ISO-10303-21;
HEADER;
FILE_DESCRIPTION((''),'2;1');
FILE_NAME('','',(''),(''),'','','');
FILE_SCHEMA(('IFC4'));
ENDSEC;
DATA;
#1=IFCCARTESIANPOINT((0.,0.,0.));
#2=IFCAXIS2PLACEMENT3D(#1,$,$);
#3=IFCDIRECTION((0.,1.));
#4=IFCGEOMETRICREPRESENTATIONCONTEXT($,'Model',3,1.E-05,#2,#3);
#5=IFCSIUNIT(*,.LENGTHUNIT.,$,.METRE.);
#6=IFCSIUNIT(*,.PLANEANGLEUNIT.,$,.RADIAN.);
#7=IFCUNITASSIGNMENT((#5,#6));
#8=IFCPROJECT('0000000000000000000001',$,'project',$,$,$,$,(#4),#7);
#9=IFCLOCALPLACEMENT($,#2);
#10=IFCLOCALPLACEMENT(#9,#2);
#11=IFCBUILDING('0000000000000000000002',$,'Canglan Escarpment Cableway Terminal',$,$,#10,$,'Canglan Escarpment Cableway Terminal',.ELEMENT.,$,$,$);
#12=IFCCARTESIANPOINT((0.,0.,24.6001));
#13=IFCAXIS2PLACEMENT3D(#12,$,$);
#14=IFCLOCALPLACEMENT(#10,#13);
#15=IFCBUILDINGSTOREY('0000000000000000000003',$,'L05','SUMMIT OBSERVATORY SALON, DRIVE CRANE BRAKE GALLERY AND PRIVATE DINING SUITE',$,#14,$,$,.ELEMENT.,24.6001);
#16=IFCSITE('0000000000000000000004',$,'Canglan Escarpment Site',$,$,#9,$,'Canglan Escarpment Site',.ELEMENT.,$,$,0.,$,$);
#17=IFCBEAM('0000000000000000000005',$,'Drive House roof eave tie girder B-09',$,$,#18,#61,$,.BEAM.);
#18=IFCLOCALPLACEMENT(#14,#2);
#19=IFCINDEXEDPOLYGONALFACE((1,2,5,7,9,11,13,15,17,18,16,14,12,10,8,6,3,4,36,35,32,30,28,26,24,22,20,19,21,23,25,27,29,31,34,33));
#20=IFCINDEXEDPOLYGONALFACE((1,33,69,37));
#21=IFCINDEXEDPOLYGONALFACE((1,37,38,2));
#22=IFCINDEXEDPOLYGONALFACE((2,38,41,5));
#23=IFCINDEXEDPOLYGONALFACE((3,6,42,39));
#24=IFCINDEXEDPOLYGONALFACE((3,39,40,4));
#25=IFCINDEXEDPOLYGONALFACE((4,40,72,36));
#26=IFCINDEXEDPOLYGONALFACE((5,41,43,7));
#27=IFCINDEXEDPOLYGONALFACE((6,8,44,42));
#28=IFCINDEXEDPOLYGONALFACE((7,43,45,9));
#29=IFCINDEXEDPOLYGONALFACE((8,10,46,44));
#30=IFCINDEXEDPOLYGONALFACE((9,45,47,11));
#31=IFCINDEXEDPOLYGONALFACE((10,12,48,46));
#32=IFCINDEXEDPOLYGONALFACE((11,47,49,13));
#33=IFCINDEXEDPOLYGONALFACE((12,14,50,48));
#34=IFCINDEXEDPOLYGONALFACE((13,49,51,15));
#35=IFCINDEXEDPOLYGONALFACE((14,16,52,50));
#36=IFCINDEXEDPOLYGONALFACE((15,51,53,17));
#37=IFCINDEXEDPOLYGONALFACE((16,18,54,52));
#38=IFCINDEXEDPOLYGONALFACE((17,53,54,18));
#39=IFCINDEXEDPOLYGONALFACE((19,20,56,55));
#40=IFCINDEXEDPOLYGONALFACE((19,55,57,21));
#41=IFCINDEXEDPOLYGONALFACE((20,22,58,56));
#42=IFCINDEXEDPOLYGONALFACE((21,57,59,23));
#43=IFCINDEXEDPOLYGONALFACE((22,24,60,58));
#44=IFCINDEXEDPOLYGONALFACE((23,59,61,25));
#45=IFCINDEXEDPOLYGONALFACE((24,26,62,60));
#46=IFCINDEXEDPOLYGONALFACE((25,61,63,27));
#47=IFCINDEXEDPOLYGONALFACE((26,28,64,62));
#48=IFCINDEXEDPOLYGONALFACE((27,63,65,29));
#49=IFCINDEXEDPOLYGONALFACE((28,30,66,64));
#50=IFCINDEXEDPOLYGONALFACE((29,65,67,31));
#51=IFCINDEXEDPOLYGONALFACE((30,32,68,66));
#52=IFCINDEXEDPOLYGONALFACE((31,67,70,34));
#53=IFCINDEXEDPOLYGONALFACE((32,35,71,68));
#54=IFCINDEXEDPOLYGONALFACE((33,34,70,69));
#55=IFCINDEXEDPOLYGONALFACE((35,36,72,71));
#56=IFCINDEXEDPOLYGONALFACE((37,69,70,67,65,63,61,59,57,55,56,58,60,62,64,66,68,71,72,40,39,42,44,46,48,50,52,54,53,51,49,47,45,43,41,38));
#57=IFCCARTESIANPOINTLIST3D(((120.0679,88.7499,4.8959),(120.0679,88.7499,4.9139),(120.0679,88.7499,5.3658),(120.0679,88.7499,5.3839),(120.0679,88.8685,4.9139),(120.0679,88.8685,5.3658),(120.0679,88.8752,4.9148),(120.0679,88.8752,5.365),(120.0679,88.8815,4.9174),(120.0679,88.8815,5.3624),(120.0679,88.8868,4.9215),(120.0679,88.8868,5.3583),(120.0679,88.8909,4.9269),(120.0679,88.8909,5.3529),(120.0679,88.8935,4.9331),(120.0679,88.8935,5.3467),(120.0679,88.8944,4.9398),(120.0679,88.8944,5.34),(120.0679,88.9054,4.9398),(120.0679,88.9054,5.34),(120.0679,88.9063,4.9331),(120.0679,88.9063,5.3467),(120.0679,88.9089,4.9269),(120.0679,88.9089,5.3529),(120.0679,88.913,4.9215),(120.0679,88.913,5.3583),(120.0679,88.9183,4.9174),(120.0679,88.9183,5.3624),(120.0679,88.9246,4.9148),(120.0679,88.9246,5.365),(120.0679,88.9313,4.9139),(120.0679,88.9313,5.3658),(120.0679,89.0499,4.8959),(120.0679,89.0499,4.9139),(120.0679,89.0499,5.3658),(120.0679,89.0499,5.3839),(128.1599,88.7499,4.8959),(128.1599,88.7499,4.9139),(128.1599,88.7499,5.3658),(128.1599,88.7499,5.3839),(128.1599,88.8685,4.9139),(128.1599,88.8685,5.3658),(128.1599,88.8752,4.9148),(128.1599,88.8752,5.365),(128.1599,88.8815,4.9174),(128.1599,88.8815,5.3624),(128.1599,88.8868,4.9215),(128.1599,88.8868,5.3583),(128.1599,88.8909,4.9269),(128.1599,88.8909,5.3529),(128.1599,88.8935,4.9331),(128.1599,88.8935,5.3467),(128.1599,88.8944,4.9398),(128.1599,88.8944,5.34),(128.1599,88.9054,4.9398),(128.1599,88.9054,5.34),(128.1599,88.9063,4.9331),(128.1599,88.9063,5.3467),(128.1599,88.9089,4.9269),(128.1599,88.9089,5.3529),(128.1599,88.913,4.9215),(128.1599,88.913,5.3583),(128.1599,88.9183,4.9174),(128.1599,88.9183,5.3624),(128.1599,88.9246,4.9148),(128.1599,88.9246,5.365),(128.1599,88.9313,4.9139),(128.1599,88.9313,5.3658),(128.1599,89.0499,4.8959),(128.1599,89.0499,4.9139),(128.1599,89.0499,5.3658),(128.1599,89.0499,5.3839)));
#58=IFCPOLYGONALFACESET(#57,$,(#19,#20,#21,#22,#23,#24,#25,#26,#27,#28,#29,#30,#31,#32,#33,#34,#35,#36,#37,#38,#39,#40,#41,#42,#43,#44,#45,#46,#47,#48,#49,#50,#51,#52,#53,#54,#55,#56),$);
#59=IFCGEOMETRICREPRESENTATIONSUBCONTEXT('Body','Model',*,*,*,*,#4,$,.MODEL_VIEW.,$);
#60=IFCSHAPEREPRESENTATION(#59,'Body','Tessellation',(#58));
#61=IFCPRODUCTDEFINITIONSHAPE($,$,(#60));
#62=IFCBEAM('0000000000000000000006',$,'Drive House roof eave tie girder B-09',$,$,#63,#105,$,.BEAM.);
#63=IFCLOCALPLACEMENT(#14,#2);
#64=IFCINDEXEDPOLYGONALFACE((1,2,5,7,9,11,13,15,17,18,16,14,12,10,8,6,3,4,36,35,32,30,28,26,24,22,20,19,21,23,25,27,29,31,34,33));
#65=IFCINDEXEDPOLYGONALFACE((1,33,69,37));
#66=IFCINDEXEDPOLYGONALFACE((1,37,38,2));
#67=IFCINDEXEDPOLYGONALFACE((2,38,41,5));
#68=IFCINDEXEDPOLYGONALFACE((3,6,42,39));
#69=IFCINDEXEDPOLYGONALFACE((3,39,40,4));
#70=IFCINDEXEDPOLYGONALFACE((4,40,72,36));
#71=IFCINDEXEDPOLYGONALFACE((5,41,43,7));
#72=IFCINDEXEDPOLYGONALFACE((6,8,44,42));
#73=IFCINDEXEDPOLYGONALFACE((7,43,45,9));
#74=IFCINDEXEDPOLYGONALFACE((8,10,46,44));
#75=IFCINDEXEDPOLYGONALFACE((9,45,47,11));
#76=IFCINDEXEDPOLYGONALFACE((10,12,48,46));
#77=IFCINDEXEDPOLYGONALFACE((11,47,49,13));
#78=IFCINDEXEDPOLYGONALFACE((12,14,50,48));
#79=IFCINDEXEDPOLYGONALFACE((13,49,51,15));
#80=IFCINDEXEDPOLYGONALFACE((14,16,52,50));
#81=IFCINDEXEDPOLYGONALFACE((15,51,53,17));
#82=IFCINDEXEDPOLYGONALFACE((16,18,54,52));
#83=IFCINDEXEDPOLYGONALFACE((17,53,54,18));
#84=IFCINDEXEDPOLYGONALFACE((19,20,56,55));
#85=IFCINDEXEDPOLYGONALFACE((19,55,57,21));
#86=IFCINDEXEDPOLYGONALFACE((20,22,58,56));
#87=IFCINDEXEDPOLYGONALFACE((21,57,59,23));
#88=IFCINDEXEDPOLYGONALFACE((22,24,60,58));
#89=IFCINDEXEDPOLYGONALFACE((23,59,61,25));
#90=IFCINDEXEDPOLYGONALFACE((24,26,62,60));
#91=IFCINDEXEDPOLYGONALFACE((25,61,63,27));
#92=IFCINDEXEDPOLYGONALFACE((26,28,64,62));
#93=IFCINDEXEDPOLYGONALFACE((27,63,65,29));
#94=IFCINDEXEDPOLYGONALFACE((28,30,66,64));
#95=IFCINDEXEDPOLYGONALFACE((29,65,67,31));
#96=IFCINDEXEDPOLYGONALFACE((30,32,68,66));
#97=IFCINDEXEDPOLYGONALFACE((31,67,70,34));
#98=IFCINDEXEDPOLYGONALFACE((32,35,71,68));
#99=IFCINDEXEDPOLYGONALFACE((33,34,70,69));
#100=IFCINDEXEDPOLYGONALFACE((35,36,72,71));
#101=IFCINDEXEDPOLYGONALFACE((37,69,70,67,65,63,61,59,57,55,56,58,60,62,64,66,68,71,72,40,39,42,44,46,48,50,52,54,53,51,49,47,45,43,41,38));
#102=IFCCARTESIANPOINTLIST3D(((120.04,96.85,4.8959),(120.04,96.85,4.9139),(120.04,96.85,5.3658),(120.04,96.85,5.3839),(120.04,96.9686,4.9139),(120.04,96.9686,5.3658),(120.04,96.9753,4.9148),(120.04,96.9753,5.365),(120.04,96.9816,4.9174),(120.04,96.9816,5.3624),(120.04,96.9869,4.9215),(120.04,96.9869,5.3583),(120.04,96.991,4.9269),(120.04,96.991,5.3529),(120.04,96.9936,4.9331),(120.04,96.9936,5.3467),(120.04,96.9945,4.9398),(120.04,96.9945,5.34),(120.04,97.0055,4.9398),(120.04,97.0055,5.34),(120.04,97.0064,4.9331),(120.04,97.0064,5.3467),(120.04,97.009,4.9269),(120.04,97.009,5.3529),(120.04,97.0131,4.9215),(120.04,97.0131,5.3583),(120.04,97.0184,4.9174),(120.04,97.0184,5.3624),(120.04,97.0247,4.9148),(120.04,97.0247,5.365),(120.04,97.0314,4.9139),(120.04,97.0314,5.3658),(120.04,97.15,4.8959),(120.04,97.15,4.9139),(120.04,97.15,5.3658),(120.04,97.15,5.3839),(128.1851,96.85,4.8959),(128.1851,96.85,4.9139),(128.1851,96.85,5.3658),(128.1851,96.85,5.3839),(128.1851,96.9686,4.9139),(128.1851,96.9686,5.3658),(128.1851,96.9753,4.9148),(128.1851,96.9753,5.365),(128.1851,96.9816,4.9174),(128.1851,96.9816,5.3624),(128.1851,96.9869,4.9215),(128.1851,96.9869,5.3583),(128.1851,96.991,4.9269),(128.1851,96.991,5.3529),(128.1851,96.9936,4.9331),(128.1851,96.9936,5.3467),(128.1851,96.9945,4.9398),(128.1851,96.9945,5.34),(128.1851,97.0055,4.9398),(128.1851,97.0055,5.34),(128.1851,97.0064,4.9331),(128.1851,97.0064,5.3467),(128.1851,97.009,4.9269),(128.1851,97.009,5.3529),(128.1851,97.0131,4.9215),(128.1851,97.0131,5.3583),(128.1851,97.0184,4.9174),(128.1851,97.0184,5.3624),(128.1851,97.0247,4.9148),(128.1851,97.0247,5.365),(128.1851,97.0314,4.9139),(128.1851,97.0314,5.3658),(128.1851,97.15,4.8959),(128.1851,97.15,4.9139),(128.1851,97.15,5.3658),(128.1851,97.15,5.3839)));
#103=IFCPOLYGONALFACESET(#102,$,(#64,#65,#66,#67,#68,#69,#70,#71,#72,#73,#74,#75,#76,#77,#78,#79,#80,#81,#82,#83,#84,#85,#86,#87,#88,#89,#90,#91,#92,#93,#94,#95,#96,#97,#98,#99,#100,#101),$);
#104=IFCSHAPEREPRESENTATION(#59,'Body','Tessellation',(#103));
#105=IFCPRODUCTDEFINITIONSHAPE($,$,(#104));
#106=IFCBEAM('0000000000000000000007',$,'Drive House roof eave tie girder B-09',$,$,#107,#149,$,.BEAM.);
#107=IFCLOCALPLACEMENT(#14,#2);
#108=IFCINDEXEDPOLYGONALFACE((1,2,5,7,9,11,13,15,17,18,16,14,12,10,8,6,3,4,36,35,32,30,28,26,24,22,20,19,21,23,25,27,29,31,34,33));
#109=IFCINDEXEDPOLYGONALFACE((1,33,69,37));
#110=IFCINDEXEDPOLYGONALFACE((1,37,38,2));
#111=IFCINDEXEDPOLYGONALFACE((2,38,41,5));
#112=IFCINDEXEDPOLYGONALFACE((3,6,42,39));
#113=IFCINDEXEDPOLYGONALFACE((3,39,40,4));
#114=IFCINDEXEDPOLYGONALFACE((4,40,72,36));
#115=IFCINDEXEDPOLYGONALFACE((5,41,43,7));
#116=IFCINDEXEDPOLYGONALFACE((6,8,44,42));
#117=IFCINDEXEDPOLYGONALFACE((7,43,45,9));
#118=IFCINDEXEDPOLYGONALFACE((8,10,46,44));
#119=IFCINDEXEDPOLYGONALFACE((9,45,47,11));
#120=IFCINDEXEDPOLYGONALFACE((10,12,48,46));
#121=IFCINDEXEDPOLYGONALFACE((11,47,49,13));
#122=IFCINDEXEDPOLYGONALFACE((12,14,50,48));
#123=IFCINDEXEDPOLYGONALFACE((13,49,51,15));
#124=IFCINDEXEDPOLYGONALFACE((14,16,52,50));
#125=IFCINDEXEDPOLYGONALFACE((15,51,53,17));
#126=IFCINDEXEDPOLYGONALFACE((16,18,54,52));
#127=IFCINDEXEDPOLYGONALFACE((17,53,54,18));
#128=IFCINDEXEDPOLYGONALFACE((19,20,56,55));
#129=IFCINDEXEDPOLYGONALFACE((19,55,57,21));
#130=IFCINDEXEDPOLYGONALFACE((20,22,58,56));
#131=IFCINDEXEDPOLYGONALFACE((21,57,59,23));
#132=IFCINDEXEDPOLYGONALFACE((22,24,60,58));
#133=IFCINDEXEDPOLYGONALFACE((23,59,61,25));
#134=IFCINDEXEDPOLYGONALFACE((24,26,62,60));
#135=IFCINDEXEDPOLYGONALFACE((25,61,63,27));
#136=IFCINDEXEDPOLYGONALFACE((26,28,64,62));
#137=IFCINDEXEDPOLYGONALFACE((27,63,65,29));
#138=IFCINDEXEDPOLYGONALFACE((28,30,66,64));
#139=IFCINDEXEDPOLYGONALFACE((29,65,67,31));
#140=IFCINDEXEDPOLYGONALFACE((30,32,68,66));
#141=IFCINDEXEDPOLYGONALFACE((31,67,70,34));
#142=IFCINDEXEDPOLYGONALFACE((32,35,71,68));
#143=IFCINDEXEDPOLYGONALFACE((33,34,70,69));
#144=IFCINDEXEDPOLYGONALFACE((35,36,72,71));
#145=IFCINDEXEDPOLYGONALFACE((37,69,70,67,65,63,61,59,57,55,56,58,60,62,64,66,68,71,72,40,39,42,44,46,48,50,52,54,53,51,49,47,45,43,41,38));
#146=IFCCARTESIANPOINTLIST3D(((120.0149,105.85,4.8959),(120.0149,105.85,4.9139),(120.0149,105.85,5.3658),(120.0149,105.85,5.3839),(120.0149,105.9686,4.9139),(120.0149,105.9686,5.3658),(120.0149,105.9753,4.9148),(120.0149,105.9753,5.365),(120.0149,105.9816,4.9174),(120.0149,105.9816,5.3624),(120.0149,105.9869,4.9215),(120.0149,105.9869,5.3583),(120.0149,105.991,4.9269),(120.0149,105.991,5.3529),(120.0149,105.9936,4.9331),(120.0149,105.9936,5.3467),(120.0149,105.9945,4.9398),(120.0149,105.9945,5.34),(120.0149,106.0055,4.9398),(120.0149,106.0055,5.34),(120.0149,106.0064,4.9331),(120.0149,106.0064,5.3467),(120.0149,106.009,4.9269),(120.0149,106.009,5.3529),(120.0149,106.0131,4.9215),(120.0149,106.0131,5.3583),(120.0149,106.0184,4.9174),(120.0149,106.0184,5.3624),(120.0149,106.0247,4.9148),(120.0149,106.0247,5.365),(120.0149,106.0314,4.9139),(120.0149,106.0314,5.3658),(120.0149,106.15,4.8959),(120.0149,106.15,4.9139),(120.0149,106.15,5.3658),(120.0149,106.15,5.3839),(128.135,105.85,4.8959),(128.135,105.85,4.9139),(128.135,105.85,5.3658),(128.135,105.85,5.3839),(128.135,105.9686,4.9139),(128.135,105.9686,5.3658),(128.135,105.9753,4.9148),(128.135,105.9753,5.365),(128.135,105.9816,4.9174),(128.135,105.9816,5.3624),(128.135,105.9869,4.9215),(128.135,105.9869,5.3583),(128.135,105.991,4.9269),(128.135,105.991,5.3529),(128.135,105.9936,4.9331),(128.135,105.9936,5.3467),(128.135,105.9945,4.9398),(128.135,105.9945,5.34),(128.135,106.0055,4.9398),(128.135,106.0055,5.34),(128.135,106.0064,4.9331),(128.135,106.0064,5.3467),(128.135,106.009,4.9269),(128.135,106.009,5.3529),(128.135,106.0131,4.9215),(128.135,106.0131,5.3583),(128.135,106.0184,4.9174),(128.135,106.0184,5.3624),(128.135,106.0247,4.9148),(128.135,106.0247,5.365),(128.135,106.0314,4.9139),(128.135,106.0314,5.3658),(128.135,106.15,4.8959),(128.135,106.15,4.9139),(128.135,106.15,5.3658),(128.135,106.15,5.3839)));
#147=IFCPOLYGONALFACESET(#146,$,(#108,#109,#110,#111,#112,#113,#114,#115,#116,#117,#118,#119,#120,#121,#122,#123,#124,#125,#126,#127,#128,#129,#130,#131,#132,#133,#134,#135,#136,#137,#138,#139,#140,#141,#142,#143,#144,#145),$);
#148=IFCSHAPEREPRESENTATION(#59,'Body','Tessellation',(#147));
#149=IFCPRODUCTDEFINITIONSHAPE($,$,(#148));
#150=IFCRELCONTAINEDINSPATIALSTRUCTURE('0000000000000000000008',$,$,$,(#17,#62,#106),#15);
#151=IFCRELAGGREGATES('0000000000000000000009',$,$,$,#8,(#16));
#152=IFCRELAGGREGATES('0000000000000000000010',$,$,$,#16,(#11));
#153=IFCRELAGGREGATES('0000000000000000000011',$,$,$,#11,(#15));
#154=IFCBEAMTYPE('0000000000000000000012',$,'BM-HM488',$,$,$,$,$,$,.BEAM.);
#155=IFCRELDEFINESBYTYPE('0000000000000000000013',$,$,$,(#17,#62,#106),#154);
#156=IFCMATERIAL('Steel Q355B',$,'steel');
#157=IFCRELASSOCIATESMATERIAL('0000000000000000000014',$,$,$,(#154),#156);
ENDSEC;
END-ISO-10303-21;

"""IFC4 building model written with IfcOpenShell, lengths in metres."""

from ifc_helpers import new_model, si_unit, direction, frame, origin, origin_2d, place, context, subcontext, project, spatial, i_section, extrude, material, material_profile, profile_set, type_object, element, save


model = new_model("IFC4")

# Units and contexts
model_context = context("Model", 3, precision=1e-05, world=origin(), true_north=direction((0.0, 1.0)))
body_context = subcontext(model_context, "Body", "Model", "MODEL_VIEW")
ifc_project = project(units=[si_unit("LENGTHUNIT", "METRE"), si_unit("PLANEANGLEUNIT", "RADIAN")], contexts=[model_context])

# Site, building, storey
site_placement = place(None, origin())
site = spatial("IfcSite", under=ifc_project, at=site_placement, Name="Canglan Escarpment Site", LongName="Canglan Escarpment Site", CompositionType="ELEMENT", RefElevation=0.0)
building_placement = place(site_placement, origin())
building = spatial("IfcBuilding", under=site, at=building_placement, Name="Canglan Escarpment Cableway Terminal", LongName="Canglan Escarpment Cableway Terminal", CompositionType="ELEMENT")
storey_placement = place(building_placement, frame((0.0, 0.0, 24.6001)))
storey = spatial("IfcBuildingStorey", under=building, at=storey_placement, Name="L05", Description="SUMMIT OBSERVATORY SALON, DRIVE CRANE BRAKE GALLERY AND PRIVATE DINING SUITE", CompositionType="ELEMENT", Elevation=24.6001)

# Beams
ifc_material_1 = material(Name="Steel Q355B", Category="steel")
ifc_material_profile_1 = material_profile(ifc_material_1, i_section(OverallWidth=0.3, OverallDepth=0.488, WebThickness=0.011, FlangeThickness=0.0181, FilletRadius=0.0259, at=origin_2d()), Name="HM 488x300x11x18")
ifc_profile_set_1 = profile_set([ifc_material_profile_1], Name="Steel Q355B")
beam_type = type_object("IfcBeamType", Name="BM-HM488", PredefinedType="BEAM", material=ifc_profile_set_1)
beam_1_placement = place(storey_placement, frame((120.0679, 88.8999, 5.1399), z_axis=(1.0, 0.0, 0.0), x_axis=(0.0, 1.0, 0.0)))
element("IfcBeam", 1, at=beam_1_placement, inside=storey, type_object=beam_type, Name="Drive House roof eave tie girder B-09", PredefinedType="BEAM", context=body_context, shape_type="SweptSolid", body=[
    extrude(i_section(OverallWidth=0.3, OverallDepth=0.488, WebThickness=0.011, FlangeThickness=0.0181, FilletRadius=0.0259, at=origin_2d()), origin(), (0.0, 0.0, 1.0), 8.092),
])
beam_2_placement = place(storey_placement, frame((120.04, 97.0, 5.1399), z_axis=(1.0, 0.0, 0.0), x_axis=(0.0, 1.0, 0.0)))
element("IfcBeam", 2, at=beam_2_placement, inside=storey, type_object=beam_type, Name="Drive House roof eave tie girder B-09", PredefinedType="BEAM", context=body_context, shape_type="SweptSolid", body=[
    extrude(i_section(OverallWidth=0.3, OverallDepth=0.488, WebThickness=0.011, FlangeThickness=0.0181, FilletRadius=0.0259, at=origin_2d()), origin(), (0.0, 0.0, 1.0), 8.145),
])
beam_3_placement = place(storey_placement, frame((120.0149, 106.0, 5.1399), z_axis=(1.0, 0.0, 0.0), x_axis=(0.0, 1.0, 0.0)))
element("IfcBeam", 3, at=beam_3_placement, inside=storey, type_object=beam_type, Name="Drive House roof eave tie girder B-09", PredefinedType="BEAM", context=body_context, shape_type="SweptSolid", body=[
    extrude(i_section(OverallWidth=0.3, OverallDepth=0.488, WebThickness=0.011, FlangeThickness=0.0181, FilletRadius=0.0259, at=origin_2d()), origin(), (0.0, 0.0, 1.0), 8.1201),
])

save(model, "model.ifc")
